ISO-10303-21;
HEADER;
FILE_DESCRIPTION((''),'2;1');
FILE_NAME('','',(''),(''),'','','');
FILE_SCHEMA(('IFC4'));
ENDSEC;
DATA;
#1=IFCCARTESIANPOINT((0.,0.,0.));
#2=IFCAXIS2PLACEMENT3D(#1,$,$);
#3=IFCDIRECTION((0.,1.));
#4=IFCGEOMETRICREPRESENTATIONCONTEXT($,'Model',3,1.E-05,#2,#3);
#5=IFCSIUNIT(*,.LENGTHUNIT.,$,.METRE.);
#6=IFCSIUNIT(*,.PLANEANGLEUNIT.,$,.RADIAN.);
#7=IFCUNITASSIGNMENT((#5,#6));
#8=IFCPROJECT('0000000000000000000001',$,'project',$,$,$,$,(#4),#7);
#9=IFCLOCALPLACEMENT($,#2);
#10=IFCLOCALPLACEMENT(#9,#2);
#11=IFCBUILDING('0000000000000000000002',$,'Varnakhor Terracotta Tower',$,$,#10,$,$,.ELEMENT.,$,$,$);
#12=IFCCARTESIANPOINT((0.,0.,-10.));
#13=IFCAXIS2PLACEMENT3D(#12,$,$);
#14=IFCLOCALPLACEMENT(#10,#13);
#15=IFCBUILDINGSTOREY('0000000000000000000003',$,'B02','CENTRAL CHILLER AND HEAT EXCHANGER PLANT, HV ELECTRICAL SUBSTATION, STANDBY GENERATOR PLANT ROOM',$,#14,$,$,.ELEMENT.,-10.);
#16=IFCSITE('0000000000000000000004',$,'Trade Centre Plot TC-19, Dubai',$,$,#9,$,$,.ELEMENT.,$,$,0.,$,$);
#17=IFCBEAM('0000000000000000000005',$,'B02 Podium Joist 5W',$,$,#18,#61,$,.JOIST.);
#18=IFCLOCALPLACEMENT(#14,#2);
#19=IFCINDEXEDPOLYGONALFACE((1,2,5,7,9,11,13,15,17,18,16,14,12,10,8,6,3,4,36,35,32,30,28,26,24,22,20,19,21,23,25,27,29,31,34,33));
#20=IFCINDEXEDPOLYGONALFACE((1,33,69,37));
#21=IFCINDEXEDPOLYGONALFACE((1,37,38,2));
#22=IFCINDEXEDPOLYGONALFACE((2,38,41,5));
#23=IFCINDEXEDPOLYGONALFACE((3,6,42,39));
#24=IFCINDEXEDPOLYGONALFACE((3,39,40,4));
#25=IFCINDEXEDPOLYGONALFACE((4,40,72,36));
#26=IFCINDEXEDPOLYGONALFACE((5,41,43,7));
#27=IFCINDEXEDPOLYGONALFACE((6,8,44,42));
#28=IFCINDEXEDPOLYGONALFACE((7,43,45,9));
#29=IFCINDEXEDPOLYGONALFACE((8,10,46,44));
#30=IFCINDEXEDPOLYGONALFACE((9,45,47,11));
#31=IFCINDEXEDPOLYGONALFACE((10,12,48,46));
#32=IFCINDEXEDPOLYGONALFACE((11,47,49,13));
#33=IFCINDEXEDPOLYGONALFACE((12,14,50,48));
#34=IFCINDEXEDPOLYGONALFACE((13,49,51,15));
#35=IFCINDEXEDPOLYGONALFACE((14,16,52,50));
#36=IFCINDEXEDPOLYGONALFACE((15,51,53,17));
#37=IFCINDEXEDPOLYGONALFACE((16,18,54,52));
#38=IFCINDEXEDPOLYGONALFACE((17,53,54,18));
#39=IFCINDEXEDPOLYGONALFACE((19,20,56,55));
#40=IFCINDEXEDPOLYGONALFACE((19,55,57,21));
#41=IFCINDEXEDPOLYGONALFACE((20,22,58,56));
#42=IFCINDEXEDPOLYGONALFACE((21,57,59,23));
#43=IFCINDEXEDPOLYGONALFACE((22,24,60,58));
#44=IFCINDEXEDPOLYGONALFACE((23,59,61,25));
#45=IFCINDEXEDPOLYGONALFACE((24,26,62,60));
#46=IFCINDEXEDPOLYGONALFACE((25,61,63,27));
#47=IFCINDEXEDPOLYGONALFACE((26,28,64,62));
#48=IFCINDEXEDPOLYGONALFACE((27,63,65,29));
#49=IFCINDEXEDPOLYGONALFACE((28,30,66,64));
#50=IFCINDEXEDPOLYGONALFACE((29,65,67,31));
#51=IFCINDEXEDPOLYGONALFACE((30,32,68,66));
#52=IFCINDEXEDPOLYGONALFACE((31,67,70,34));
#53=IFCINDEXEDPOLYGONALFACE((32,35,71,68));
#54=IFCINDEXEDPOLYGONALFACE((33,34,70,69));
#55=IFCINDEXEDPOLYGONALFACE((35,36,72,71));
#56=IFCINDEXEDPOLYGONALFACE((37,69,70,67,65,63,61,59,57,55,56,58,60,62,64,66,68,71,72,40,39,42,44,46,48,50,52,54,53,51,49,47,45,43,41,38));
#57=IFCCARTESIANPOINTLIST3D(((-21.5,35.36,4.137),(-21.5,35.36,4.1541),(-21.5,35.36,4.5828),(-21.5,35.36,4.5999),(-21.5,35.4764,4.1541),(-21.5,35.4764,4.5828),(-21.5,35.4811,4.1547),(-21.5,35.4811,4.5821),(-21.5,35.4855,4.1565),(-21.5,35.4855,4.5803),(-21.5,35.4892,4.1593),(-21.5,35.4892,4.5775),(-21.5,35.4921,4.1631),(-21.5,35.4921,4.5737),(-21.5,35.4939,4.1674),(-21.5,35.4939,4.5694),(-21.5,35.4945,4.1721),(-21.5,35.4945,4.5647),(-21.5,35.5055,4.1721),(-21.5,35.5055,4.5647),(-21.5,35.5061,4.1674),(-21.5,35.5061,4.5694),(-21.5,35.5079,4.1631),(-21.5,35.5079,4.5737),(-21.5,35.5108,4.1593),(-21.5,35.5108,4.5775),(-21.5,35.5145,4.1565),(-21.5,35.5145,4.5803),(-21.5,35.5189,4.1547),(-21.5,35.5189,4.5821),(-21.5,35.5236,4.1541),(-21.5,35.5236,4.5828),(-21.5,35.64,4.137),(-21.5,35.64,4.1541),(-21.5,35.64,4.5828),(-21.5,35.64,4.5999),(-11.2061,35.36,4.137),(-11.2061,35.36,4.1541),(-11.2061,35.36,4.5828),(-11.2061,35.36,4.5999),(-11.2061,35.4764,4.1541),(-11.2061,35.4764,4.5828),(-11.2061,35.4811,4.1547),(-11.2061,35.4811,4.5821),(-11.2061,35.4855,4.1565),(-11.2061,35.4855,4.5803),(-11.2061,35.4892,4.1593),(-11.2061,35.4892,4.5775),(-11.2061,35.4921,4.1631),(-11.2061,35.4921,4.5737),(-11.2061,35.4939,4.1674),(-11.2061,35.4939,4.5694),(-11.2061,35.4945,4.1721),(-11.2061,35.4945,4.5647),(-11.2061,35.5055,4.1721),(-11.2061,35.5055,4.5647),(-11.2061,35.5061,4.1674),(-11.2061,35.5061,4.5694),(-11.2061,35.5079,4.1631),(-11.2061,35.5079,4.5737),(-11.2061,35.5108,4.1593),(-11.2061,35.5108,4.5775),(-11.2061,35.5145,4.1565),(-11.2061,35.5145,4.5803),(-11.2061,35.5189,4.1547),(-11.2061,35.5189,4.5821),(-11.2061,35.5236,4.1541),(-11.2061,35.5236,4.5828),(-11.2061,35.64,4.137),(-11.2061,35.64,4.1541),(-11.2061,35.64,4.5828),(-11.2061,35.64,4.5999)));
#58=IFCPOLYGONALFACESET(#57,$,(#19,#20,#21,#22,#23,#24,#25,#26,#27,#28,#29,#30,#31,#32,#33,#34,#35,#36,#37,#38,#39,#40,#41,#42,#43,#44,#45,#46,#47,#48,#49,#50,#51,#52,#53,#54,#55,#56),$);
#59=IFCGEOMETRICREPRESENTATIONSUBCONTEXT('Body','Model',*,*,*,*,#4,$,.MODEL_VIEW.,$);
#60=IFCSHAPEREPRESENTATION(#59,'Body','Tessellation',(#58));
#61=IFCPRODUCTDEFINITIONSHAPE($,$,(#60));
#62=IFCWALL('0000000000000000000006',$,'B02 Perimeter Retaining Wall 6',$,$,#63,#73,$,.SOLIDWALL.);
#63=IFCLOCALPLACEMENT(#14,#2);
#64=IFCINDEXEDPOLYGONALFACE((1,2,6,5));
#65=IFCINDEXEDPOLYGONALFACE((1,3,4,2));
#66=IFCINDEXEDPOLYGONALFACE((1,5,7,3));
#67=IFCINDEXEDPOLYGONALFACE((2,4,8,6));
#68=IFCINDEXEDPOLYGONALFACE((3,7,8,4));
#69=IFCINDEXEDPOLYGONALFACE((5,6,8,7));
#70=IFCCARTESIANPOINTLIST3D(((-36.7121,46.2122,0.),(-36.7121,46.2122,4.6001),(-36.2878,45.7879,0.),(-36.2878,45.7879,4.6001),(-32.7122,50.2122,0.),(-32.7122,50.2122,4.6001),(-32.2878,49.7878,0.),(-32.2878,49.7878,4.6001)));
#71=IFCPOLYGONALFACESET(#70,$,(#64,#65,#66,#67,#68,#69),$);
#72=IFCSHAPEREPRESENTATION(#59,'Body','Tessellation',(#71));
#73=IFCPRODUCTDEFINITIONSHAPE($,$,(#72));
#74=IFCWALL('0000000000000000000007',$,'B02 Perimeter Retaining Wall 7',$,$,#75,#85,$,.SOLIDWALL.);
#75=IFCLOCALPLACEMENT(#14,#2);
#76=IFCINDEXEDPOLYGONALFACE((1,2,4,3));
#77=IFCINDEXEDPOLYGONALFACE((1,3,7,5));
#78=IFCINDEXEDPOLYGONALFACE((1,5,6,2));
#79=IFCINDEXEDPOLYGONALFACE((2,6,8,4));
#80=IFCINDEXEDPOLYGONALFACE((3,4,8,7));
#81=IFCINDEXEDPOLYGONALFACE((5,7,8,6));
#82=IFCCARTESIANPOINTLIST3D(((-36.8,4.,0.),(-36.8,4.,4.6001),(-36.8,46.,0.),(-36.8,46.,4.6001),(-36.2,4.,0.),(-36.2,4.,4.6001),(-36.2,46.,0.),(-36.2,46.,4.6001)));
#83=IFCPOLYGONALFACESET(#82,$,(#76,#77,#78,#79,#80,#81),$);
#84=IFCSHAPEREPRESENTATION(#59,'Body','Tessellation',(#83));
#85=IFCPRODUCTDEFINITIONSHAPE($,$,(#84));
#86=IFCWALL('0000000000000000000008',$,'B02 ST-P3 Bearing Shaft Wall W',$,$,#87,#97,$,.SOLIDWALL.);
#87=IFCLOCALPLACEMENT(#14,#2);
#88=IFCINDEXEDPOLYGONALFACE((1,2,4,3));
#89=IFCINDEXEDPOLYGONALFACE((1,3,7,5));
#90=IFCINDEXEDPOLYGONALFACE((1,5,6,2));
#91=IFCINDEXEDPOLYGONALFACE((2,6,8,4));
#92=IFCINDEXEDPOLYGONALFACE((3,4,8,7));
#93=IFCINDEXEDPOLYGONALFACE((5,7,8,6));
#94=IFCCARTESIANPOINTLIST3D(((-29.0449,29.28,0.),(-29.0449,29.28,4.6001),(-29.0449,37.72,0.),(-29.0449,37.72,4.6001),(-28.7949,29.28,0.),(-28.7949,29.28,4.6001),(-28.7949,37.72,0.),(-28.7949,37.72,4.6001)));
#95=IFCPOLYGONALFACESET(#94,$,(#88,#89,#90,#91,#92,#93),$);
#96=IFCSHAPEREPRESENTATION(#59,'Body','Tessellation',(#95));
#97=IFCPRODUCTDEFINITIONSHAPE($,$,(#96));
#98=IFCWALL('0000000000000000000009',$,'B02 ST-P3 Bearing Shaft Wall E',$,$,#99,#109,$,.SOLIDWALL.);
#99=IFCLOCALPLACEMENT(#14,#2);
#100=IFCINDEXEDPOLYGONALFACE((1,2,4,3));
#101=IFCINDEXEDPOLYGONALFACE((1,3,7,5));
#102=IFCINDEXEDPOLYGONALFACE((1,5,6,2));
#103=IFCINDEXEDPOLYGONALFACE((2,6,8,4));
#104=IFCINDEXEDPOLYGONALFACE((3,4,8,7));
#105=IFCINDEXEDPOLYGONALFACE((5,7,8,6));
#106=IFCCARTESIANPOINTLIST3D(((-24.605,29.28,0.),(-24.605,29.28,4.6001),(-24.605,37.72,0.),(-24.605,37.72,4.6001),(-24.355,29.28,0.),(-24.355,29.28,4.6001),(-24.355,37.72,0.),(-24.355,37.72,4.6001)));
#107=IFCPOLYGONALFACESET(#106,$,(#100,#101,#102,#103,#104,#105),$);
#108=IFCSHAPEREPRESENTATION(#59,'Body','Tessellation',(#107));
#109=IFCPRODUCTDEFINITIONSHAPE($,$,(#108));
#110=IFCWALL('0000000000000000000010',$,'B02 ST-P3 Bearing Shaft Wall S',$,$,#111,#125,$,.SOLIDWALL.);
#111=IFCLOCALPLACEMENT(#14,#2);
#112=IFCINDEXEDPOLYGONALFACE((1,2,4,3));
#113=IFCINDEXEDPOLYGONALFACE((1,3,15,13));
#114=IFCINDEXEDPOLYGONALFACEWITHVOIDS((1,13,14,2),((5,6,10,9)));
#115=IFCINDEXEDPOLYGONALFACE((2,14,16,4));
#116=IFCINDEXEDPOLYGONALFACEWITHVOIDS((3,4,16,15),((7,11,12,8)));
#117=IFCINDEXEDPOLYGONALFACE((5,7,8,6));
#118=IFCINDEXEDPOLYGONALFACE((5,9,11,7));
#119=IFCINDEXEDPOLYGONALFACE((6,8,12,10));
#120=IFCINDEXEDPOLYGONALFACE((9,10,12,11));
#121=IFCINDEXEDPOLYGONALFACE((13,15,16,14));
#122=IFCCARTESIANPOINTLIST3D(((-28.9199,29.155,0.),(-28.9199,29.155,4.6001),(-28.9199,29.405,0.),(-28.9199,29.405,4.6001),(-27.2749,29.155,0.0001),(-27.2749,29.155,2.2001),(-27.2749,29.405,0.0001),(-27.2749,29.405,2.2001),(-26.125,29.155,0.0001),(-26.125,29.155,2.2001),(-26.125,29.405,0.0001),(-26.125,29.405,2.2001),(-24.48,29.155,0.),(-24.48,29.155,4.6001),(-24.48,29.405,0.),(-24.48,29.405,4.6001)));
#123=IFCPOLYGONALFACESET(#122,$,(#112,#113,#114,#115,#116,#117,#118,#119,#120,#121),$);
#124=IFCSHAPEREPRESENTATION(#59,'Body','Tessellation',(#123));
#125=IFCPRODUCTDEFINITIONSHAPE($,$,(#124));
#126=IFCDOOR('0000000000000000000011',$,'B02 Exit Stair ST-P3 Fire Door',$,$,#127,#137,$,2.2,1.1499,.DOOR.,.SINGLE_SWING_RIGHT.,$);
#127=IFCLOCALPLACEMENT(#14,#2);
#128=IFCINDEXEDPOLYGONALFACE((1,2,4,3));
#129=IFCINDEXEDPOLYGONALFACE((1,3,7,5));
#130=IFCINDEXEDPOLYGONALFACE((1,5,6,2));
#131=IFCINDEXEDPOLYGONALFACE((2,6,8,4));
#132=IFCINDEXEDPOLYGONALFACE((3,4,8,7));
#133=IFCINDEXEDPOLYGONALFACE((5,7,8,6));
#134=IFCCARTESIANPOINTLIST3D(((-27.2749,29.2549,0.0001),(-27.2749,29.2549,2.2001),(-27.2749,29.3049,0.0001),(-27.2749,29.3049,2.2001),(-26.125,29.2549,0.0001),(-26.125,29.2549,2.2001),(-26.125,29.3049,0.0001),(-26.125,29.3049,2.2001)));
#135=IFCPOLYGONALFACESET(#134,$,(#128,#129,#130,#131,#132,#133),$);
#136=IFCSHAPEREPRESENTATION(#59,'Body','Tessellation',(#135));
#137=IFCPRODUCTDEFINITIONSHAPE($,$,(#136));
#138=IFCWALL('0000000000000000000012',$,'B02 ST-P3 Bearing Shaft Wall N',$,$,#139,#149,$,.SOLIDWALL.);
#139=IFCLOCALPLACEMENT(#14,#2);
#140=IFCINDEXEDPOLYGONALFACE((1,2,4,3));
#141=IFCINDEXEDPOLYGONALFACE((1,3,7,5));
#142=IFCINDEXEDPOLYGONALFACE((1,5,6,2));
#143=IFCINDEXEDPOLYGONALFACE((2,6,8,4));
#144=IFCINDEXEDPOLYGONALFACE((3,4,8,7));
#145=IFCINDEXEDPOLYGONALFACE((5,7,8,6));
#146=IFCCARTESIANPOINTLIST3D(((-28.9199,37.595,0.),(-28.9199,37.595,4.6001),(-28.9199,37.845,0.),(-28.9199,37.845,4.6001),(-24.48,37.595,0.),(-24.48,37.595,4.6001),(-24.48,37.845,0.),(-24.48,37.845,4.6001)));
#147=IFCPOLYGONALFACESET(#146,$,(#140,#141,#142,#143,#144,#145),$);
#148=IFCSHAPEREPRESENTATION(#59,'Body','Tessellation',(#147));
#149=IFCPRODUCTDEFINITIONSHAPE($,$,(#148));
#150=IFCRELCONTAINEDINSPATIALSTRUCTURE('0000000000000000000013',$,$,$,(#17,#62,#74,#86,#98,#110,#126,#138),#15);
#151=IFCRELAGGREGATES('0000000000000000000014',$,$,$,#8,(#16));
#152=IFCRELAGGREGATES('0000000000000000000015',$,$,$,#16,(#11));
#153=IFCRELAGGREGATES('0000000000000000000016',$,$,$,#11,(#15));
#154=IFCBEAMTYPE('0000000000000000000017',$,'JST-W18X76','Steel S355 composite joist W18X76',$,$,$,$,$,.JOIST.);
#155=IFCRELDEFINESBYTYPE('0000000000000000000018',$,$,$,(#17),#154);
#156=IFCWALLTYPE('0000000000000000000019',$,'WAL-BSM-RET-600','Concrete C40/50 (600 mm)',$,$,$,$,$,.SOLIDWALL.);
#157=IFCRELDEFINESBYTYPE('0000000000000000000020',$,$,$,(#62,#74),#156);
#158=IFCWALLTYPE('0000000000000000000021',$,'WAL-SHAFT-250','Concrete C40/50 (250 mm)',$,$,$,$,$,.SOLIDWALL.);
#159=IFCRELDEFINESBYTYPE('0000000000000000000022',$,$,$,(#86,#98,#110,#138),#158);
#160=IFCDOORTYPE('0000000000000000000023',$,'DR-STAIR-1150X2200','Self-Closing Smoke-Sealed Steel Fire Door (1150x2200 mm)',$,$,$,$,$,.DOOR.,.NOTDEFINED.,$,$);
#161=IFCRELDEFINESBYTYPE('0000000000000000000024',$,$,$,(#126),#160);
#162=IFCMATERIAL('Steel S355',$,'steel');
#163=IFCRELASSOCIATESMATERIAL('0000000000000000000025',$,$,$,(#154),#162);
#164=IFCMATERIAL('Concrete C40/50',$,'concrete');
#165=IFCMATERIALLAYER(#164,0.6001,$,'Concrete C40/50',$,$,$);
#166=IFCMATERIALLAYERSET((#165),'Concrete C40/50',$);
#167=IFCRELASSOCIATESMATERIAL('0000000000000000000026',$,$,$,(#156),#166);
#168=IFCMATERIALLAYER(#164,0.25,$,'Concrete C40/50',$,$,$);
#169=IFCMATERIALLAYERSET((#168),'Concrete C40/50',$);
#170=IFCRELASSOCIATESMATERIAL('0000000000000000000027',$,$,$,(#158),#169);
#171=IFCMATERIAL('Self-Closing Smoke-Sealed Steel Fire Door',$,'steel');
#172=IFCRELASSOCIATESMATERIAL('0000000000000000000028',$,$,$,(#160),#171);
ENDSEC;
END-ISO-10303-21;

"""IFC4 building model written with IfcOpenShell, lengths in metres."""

from ifc_helpers import new_model, si_unit, direction, frame, frame_2d, origin, origin_2d, place, context, subcontext, project, spatial, rectangle, i_section, extrude, source, transform, mapped, material, layer, layer_set, material_profile, profile_set, type_object, type_shapes, element, fill, save


model = new_model("IFC4")

# Units and contexts
model_context = context("Model", 3, precision=1e-05, world=origin(), true_north=direction((0.0, 1.0)))
body_context = subcontext(model_context, "Body", "Model", "MODEL_VIEW")
ifc_project = project(units=[si_unit("LENGTHUNIT", "METRE"), si_unit("PLANEANGLEUNIT", "RADIAN")], contexts=[model_context])

# Site, building, storey
site_placement = place(None, origin())
site = spatial("IfcSite", under=ifc_project, at=site_placement, Name="Trade Centre Plot TC-19, Dubai", CompositionType="ELEMENT", RefElevation=0.0)
building_placement = place(site_placement, origin())
building = spatial("IfcBuilding", under=site, at=building_placement, Name="Varnakhor Terracotta Tower", CompositionType="ELEMENT")
storey_placement = place(building_placement, frame((0.0, 0.0, -10.0)))
storey = spatial("IfcBuildingStorey", under=building, at=storey_placement, Name="B02", Description="CENTRAL CHILLER AND HEAT EXCHANGER PLANT, HV ELECTRICAL SUBSTATION, STANDBY GENERATOR PLANT ROOM", CompositionType="ELEMENT", Elevation=-10.0)

# Shared definitions
ifc_material_1 = material(Name="Concrete C40/50", Category="concrete")

# Beam
ifc_material_2 = material(Name="Steel S355", Category="steel")
ifc_material_profile_1 = material_profile(ifc_material_2, i_section(OverallWidth=0.28, OverallDepth=0.4629, WebThickness=0.011, FlangeThickness=0.0171, FilletRadius=0.0181, at=origin_2d()), Name="W18X76")
ifc_profile_set_1 = profile_set([ifc_material_profile_1], Name="Steel S355")
beam_type_1 = type_object("IfcBeamType", Name="JST-W18X76", Description="Steel S355 composite joist W18X76", PredefinedType="JOIST", material=ifc_profile_set_1)
shared_shape_1 = source(origin(), body_context, "Body", "SweptSolid", [
    extrude(i_section(OverallWidth=0.28, OverallDepth=0.4629, WebThickness=0.011, FlangeThickness=0.0171, FilletRadius=0.0181, at=origin_2d()), origin(), (0.0, 0.0, 1.0), 10.2939),
])
type_shapes(beam_type_1, [shared_shape_1])
for number, where, z_axis, x_axis, name in (
    (1, (-21.5, 35.5, 4.3684), (1.0, 0.0, 0.0), (0.0, 1.0, 0.0), "B02 Podium Joist 5W"),
):
    element("IfcBeam", number, at=place(storey_placement, frame(where, z_axis=z_axis, x_axis=x_axis)), inside=storey, type_object=beam_type_1, Name=name, PredefinedType="JOIST", context=body_context, shape_type="MappedRepresentation", body=[
        mapped(shared_shape_1, transform((0.0, 0.0, 0.0), scale=1.0)),
    ])

# Walls
ifc_layer_1 = layer(ifc_material_1, 0.6001, Name="Concrete C40/50")
ifc_layer_set_1 = layer_set([ifc_layer_1], Name="Concrete C40/50")
wall_type_1 = type_object("IfcWallType", Name="WAL-BSM-RET-600", Description="Concrete C40/50 (600 mm)", PredefinedType="SOLIDWALL", material=ifc_layer_set_1)
wall_1_placement = place(storey_placement, frame((-32.5, 50.0, 0.0), z_axis=(0.0, 0.0, 1.0), x_axis=(-0.707107, -0.707107, 0.0)))
element("IfcWall", 2, at=wall_1_placement, inside=storey, type_object=wall_type_1, Name="B02 Perimeter Retaining Wall 6", PredefinedType="SOLIDWALL", context=body_context, shape_type="SweptSolid", body=[
    extrude(rectangle(XDim=5.6567, YDim=0.6001, at=frame_2d((2.8284, 0.0))), origin(), (0.0, 0.0, 1.0), 4.6001),
])
wall_2_placement = place(storey_placement, frame((-36.5, 46.0, 0.0), z_axis=(0.0, 0.0, 1.0), x_axis=(0.0, -1.0, 0.0)))
element("IfcWall", 3, at=wall_2_placement, inside=storey, type_object=wall_type_1, Name="B02 Perimeter Retaining Wall 7", PredefinedType="SOLIDWALL", context=body_context, shape_type="SweptSolid", body=[
    extrude(rectangle(XDim=42.0, YDim=0.6001, at=frame_2d((21.0, 0.0))), origin(), (0.0, 0.0, 1.0), 4.6001),
])
ifc_layer_2 = layer(ifc_material_1, 0.25, Name="Concrete C40/50")
ifc_layer_set_2 = layer_set([ifc_layer_2], Name="Concrete C40/50")
wall_type_2 = type_object("IfcWallType", Name="WAL-SHAFT-250", Description="Concrete C40/50 (250 mm)", PredefinedType="SOLIDWALL", material=ifc_layer_set_2)
for number, where, z_axis, x_axis, name in (
    (4, (-28.9199, 29.28, 0.0), (0.0, 0.0, 1.0), (0.0, 1.0, 0.0), "B02 ST-P3 Bearing Shaft Wall W"),
    (5, (-24.48, 29.28, 0.0), (0.0, 0.0, 1.0), (0.0, 1.0, 0.0), "B02 ST-P3 Bearing Shaft Wall E"),
):
    element("IfcWall", number, at=place(storey_placement, frame(where, z_axis=z_axis, x_axis=x_axis)), inside=storey, type_object=wall_type_2, Name=name, PredefinedType="SOLIDWALL", context=body_context, shape_type="SweptSolid", body=[
        extrude(rectangle(XDim=8.4399, YDim=0.25, at=frame_2d((4.22, 0.0))), origin(), (0.0, 0.0, 1.0), 4.6001),
    ])

# Wall, opening, door
wall_3_placement = place(storey_placement, frame((-28.9199, 29.28, 0.0), z_axis=(0.0, 0.0, 1.0), x_axis=(1.0, 0.0, 0.0)))
wall_3 = element("IfcWall", 6, at=wall_3_placement, inside=storey, type_object=wall_type_2, Name="B02 ST-P3 Bearing Shaft Wall S", PredefinedType="SOLIDWALL", context=body_context, shape_type="SweptSolid", body=[
    extrude(rectangle(XDim=4.4399, YDim=0.25, at=frame_2d((2.22, 0.0))), origin(), (0.0, 0.0, 1.0), 4.6001),
])
opening_placement = place(wall_3_placement, frame((1.645, 0.0, 0.0)))
opening = element("IfcOpeningElement", 7, at=opening_placement, cuts=wall_3, PredefinedType="OPENING", context=body_context, shape_type="SweptSolid", body=[
    extrude(rectangle(XDim=1.1499, YDim=2.2, at=frame_2d((0.575, 1.1001))), frame((0.0, 0.135, 0.0), z_axis=(0.0, -1.0, 0.0), x_axis=(1.0, 0.0, 0.0)), (0.0, 0.0, 1.0), 0.27),
])
ifc_material_3 = material(Name="Self-Closing Smoke-Sealed Steel Fire Door", Category="steel")
door_type = type_object("IfcDoorType", Name="DR-STAIR-1150X2200", Description="Self-Closing Smoke-Sealed Steel Fire Door (1150x2200 mm)", OperationType="NOTDEFINED", PredefinedType="DOOR", material=ifc_material_3)
shared_shape_2 = source(origin(), body_context, "Body", "SweptSolid", [
    extrude(rectangle(XDim=1.1499, YDim=2.2, at=frame_2d((0.575, 1.1001))), frame((0.0, 0.0249, 0.0), z_axis=(0.0, -1.0, 0.0), x_axis=(1.0, 0.0, 0.0)), (0.0, 0.0, 1.0), 0.05),
])
type_shapes(door_type, [shared_shape_2])
door_placement = place(opening_placement, origin())
door = element("IfcDoor", 8, at=door_placement, inside=storey, type_object=door_type, Name="B02 Exit Stair ST-P3 Fire Door", OperationType="SINGLE_SWING_RIGHT", OverallHeight=2.2, OverallWidth=1.1499, PredefinedType="DOOR", context=body_context, shape_type="MappedRepresentation", body=[
    mapped(shared_shape_2, transform((0.0, 0.0, 0.0), scale=1.0)),
])
fill(opening, door)

# Wall
wall_4_placement = place(storey_placement, frame((-24.48, 37.72, 0.0), z_axis=(0.0, 0.0, 1.0), x_axis=(-1.0, 0.0, 0.0)))
element("IfcWall", 9, at=wall_4_placement, inside=storey, type_object=wall_type_2, Name="B02 ST-P3 Bearing Shaft Wall N", PredefinedType="SOLIDWALL", context=body_context, shape_type="SweptSolid", body=[
    extrude(rectangle(XDim=4.4399, YDim=0.25, at=frame_2d((2.22, 0.0))), origin(), (0.0, 0.0, 1.0), 4.6001),
])

save(model, "model.ifc")
